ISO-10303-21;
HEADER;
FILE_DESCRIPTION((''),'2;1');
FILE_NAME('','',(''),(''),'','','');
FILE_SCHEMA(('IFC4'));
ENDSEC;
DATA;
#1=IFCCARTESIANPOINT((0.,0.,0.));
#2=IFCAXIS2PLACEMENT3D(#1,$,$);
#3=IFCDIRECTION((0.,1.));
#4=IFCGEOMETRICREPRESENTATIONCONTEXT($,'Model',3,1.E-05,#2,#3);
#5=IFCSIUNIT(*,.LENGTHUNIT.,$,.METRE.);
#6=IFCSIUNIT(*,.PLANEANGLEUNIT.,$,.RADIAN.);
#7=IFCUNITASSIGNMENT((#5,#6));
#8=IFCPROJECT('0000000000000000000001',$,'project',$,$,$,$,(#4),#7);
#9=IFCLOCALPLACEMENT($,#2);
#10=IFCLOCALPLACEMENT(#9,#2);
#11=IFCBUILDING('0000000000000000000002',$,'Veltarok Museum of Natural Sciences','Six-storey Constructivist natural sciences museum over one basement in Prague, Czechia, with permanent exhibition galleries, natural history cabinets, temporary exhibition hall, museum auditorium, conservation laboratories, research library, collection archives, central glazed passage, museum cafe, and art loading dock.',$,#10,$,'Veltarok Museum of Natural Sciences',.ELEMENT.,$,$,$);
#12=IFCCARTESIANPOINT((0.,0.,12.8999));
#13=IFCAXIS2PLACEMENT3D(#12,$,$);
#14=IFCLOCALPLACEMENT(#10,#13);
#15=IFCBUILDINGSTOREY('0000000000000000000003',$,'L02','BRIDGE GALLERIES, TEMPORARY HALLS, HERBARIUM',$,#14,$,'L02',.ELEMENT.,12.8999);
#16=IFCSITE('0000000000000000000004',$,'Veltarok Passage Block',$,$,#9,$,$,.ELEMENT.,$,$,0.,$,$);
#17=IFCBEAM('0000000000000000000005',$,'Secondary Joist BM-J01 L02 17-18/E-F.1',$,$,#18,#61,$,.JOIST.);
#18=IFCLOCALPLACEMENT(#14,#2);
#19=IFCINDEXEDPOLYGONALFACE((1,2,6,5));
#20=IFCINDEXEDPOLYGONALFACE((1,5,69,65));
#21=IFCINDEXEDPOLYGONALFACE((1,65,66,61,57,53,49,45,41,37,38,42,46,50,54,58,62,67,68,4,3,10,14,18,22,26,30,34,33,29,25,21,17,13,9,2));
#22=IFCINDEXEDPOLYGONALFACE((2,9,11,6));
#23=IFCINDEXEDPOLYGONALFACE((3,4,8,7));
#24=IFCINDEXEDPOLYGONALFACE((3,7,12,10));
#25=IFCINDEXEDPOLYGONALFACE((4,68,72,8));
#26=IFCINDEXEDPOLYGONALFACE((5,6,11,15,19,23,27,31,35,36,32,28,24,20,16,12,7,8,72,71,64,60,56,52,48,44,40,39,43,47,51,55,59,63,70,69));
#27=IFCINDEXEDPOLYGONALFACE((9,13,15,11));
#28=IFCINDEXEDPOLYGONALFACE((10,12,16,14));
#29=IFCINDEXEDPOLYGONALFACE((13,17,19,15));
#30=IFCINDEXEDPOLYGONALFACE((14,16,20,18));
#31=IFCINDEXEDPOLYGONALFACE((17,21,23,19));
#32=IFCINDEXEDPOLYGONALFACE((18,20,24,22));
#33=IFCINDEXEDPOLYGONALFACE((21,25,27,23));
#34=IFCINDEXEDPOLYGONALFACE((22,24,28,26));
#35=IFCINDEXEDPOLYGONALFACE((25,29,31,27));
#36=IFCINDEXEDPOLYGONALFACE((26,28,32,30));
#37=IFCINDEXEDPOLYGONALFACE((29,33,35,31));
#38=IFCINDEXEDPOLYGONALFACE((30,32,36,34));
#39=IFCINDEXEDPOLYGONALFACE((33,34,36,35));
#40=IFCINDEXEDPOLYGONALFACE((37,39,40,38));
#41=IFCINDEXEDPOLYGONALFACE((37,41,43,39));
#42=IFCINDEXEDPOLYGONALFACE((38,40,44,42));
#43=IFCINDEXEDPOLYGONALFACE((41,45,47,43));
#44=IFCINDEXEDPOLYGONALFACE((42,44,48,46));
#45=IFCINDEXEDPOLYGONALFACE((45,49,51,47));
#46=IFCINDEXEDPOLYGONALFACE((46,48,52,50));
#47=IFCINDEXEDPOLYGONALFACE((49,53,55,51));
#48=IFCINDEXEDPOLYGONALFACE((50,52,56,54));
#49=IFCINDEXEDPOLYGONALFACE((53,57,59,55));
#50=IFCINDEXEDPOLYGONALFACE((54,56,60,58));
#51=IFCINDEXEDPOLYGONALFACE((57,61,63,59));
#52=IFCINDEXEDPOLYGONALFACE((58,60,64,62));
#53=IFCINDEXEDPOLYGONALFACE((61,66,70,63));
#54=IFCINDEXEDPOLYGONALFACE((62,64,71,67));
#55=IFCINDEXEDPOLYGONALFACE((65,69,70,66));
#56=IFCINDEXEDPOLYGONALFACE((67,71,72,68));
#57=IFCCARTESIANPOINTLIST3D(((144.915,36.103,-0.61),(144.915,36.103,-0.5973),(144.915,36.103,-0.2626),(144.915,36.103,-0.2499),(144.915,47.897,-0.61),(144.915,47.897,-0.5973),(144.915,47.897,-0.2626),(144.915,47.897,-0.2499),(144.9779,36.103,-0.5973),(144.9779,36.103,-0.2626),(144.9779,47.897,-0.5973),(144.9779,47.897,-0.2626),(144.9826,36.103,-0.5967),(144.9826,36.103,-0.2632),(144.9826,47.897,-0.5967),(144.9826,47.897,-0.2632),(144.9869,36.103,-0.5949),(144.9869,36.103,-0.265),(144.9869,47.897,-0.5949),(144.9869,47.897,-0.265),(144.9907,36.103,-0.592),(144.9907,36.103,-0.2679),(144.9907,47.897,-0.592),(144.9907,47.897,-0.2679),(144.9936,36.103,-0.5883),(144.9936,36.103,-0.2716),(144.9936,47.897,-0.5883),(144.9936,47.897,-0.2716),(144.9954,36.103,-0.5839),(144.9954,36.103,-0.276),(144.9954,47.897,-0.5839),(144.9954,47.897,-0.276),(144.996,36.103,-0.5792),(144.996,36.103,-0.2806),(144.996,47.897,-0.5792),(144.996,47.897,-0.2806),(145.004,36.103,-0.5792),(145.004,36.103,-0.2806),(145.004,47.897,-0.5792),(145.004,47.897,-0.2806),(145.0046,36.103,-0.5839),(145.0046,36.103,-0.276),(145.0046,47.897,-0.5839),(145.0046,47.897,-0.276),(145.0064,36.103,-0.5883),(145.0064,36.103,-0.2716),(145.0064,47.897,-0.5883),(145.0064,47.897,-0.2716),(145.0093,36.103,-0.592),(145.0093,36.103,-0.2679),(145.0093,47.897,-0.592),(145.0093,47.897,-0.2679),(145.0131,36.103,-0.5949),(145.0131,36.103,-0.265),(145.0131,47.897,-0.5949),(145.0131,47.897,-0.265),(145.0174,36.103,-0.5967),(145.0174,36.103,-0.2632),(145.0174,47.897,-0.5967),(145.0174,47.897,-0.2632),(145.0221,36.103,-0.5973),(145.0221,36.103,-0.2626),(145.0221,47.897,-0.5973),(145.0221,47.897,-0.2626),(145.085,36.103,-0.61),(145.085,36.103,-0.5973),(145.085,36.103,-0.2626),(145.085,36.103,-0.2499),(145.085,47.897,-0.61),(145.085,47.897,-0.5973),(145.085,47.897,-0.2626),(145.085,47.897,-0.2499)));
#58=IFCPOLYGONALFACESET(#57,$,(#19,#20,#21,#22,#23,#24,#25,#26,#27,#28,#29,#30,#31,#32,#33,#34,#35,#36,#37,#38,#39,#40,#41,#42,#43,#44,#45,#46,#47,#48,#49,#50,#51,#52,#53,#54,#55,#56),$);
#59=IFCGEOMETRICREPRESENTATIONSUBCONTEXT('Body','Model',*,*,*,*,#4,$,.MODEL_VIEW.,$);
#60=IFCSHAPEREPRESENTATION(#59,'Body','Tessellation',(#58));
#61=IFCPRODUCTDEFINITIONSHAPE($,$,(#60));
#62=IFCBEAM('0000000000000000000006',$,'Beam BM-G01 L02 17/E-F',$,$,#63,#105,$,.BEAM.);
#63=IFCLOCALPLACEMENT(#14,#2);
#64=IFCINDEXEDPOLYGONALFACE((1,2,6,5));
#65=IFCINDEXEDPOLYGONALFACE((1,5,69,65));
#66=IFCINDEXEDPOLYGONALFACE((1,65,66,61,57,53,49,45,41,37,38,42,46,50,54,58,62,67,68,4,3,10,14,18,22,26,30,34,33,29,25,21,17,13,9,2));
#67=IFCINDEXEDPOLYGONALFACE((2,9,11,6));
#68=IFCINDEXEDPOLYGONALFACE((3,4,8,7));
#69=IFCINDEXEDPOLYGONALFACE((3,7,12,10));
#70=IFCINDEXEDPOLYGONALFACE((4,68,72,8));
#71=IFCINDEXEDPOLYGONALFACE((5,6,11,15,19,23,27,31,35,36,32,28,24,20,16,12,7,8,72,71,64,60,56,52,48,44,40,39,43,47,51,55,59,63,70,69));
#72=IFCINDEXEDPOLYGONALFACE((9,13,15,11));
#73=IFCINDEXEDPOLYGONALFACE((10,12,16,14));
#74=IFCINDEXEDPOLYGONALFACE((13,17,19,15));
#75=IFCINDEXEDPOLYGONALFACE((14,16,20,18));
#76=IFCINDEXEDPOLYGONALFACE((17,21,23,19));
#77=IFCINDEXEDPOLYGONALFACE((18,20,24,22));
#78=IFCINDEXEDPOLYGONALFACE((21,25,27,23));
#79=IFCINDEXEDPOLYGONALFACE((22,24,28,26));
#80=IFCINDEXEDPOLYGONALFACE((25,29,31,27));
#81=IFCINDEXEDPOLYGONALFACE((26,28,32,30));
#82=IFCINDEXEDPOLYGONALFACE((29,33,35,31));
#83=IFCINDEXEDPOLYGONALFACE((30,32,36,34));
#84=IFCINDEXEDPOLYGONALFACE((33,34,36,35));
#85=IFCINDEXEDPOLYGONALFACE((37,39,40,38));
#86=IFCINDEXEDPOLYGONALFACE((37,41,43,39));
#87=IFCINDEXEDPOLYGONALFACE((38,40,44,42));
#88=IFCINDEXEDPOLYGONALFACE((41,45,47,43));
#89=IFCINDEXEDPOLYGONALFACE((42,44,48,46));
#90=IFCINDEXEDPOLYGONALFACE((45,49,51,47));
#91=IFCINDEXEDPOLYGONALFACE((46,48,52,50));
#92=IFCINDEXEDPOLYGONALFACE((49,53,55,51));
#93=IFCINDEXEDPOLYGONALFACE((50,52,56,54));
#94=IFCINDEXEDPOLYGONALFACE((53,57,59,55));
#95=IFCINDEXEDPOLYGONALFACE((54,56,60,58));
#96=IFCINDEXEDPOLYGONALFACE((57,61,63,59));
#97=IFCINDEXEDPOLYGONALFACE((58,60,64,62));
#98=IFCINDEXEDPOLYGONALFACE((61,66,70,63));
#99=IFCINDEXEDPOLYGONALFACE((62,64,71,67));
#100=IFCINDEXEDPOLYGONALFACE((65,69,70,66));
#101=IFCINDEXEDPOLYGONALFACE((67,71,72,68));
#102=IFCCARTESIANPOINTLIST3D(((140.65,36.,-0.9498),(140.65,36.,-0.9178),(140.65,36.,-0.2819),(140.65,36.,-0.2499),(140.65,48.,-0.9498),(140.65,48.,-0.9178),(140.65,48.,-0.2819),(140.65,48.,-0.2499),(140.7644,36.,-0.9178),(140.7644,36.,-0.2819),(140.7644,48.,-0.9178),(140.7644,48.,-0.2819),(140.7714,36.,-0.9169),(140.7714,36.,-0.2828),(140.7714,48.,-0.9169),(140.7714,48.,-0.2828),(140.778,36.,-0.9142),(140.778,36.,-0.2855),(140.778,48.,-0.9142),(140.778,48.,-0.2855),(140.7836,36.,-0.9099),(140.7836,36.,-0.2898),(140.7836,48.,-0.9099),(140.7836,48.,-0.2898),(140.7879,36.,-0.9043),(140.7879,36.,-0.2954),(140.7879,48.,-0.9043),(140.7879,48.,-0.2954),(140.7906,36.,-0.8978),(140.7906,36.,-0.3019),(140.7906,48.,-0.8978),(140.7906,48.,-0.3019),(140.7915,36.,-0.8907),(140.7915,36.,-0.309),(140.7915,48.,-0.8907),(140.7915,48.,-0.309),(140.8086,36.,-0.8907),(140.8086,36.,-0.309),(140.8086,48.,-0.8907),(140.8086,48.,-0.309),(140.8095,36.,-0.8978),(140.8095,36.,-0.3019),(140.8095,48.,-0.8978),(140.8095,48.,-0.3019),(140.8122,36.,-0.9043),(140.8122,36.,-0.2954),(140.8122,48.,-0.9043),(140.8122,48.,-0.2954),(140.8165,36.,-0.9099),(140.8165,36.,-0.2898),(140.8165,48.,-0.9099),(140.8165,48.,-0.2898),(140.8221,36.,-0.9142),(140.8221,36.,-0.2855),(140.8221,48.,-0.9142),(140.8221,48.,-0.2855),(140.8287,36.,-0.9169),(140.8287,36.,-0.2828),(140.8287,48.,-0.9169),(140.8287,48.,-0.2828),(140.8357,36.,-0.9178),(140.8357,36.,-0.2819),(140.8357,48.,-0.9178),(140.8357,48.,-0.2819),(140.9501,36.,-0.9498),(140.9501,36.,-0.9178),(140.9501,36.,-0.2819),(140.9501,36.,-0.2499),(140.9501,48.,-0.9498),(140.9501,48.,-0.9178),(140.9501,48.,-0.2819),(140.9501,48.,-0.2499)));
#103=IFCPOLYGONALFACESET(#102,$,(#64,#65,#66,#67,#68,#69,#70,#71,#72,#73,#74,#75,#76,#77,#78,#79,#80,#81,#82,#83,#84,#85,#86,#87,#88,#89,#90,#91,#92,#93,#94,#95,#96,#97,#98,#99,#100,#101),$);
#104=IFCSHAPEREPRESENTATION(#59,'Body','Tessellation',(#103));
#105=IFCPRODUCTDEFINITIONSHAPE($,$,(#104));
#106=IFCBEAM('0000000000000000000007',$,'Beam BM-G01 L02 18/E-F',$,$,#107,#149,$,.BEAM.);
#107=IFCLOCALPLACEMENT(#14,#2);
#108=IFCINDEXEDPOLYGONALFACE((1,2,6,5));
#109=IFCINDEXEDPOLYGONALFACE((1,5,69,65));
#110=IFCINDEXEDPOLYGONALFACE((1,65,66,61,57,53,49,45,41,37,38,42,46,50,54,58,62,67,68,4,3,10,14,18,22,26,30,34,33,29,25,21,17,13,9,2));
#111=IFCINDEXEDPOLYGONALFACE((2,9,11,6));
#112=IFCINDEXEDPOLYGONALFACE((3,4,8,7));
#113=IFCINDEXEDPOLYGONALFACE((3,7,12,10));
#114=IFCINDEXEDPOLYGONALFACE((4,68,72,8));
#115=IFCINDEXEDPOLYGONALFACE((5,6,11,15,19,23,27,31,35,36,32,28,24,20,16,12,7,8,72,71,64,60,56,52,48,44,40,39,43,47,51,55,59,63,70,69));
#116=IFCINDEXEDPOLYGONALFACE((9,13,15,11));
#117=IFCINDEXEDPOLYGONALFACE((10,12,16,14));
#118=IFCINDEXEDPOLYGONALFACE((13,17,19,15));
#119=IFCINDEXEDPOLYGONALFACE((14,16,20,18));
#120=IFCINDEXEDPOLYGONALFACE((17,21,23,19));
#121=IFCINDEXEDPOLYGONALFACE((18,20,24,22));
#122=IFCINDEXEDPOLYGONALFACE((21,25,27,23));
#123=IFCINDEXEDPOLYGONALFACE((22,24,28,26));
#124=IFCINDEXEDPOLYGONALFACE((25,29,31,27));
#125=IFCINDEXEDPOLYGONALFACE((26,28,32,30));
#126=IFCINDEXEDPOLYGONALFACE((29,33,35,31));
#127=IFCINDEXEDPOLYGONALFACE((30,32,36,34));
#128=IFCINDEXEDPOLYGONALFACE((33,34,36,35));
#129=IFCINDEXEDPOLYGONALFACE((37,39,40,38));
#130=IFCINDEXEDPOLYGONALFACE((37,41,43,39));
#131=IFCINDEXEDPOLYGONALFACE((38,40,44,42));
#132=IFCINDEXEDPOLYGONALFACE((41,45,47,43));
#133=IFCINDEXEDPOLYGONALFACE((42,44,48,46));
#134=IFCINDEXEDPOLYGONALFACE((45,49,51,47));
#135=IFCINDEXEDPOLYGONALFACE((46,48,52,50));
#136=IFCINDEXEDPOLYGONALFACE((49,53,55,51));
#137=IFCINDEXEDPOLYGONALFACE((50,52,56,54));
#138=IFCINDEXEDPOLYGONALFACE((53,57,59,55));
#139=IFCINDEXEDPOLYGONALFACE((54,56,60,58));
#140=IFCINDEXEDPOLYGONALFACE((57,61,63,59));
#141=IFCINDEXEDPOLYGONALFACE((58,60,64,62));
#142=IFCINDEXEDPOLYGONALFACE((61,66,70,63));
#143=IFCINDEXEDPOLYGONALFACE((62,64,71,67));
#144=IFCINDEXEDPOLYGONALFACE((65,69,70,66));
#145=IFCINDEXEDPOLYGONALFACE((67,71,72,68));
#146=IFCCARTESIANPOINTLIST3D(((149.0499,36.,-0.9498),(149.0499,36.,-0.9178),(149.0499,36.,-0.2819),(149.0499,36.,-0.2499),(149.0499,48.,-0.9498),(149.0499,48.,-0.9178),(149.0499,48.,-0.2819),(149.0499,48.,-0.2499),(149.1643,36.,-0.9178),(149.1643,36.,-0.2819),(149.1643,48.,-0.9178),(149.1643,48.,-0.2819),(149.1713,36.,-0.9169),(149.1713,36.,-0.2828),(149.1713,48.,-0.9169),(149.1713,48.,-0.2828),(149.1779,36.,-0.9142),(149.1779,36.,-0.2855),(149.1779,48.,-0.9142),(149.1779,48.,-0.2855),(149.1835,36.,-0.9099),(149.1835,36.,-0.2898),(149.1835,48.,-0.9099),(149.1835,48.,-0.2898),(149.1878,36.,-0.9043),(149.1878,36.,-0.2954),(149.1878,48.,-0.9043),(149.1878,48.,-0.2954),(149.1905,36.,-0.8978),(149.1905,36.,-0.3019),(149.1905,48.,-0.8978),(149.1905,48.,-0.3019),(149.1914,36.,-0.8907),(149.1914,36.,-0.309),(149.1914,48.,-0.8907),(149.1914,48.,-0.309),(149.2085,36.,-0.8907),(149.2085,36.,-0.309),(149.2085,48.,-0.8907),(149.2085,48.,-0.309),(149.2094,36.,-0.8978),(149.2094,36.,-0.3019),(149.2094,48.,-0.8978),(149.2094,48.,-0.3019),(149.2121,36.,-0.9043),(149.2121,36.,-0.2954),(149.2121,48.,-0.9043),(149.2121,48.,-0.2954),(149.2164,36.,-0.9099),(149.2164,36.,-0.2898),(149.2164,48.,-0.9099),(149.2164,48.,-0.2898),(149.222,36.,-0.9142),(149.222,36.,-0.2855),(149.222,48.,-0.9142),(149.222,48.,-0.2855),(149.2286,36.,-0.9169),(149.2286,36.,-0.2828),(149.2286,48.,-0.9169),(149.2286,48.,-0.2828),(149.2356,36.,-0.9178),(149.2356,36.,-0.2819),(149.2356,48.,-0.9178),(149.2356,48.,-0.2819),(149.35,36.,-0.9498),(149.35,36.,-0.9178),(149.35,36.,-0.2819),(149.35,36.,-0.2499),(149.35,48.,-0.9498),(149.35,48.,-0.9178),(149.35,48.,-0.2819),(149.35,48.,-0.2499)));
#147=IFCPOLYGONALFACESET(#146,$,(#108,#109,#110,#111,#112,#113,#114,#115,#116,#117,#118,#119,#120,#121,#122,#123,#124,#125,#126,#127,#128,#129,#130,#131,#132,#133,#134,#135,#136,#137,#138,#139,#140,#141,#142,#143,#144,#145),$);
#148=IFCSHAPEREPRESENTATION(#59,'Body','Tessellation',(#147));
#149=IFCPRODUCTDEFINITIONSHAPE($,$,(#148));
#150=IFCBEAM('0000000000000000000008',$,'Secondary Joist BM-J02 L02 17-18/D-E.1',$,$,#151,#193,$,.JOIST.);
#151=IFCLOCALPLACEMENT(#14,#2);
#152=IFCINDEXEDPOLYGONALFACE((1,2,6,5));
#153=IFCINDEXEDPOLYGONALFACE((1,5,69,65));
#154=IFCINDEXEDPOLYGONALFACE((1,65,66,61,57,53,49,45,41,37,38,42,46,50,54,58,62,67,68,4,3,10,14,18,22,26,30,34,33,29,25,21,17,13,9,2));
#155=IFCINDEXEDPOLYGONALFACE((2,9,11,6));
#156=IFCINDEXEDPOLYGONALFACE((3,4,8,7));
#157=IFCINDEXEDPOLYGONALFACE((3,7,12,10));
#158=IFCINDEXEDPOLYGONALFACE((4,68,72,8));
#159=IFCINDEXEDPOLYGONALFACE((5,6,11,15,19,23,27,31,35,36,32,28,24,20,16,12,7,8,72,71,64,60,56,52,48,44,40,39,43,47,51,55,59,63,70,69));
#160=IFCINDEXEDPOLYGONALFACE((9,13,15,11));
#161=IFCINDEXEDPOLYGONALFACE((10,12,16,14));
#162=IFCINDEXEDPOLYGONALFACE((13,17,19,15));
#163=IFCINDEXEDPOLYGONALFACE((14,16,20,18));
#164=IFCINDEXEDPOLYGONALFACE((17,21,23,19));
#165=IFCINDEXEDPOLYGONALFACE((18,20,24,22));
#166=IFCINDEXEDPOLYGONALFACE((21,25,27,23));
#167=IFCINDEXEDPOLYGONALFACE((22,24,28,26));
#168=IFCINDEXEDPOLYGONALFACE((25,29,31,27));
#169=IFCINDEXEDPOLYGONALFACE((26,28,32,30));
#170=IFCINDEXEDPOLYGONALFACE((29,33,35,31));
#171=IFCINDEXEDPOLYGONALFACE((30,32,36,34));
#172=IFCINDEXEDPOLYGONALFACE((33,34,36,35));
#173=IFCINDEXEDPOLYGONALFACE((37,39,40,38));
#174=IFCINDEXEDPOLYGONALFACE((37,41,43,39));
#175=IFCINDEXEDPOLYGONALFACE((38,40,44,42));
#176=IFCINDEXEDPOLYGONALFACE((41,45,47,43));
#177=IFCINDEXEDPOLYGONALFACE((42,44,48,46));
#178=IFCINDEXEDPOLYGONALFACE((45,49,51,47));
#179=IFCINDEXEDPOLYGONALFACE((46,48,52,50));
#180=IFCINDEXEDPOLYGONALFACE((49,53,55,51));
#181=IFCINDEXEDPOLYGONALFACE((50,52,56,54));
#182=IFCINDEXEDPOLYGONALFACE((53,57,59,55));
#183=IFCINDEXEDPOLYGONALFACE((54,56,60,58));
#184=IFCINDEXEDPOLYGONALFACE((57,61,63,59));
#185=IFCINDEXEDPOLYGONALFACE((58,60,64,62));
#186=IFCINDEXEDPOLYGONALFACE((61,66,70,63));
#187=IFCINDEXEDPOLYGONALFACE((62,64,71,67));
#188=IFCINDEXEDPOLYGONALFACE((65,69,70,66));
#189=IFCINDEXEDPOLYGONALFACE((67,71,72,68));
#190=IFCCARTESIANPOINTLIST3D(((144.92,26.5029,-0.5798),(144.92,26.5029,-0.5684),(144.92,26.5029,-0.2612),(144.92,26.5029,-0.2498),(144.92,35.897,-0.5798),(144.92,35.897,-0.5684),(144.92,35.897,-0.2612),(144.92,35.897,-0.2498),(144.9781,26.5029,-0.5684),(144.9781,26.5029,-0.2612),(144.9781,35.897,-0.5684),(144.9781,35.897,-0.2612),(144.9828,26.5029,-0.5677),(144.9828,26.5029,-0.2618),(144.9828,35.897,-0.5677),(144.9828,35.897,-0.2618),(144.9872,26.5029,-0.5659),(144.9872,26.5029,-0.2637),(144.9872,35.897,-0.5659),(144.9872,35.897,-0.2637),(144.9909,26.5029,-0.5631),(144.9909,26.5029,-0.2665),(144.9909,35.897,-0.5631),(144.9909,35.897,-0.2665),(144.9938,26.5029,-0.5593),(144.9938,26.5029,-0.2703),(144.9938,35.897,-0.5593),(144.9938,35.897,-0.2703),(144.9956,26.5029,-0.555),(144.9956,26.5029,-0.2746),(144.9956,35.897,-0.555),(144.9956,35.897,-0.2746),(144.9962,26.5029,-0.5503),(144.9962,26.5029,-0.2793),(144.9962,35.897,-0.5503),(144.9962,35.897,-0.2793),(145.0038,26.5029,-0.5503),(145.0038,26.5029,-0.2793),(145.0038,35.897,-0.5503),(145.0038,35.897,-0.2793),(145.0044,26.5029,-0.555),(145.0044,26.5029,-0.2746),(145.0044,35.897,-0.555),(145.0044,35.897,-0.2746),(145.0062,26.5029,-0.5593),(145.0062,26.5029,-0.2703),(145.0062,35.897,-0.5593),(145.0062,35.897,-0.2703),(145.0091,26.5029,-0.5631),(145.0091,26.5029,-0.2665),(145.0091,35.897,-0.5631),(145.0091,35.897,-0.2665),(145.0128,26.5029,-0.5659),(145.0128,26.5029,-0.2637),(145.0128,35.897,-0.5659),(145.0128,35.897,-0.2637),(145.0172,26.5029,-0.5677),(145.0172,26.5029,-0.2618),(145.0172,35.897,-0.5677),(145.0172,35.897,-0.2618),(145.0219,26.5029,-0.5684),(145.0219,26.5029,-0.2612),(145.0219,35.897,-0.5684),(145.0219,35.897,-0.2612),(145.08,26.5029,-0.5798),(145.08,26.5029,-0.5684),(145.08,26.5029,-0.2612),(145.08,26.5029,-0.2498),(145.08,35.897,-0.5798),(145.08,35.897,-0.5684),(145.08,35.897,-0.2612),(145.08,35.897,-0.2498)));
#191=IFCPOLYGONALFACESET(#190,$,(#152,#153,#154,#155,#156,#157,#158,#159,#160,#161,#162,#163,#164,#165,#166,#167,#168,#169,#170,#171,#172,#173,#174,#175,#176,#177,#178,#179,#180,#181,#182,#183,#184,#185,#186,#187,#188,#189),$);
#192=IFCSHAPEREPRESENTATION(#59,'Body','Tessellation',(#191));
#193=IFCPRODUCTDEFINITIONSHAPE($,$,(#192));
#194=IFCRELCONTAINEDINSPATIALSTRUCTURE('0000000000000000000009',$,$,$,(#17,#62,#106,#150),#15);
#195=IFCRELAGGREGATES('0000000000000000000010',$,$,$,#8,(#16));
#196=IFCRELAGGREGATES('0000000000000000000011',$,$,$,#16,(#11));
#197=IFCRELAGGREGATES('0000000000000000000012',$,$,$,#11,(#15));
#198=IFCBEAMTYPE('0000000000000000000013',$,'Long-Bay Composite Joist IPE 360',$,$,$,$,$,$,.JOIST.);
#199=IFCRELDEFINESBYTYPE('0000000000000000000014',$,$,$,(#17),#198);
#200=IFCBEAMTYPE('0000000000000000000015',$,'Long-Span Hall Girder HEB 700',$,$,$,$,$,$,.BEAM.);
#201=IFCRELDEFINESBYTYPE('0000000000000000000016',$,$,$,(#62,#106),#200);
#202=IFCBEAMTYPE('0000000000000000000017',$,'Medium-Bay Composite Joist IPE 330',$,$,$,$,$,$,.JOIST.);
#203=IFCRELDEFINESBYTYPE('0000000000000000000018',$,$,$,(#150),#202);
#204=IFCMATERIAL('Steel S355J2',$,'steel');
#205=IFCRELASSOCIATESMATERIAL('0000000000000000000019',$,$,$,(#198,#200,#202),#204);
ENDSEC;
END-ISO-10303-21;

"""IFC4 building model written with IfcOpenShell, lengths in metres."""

from ifc_helpers import new_model, si_unit, direction, frame, origin, origin_2d, place, context, subcontext, project, spatial, i_section, extrude, material, material_profile, profile_set, type_object, element, save


model = new_model("IFC4")

# Units and contexts
model_context = context("Model", 3, precision=1e-05, world=origin(), true_north=direction((0.0, 1.0)))
body_context = subcontext(model_context, "Body", "Model", "MODEL_VIEW")
ifc_project = project(units=[si_unit("LENGTHUNIT", "METRE"), si_unit("PLANEANGLEUNIT", "RADIAN")], contexts=[model_context])

# Site, building, storey
site_placement = place(None, origin())
site = spatial("IfcSite", under=ifc_project, at=site_placement, Name="Veltarok Passage Block", CompositionType="ELEMENT", RefElevation=0.0)
building_placement = place(site_placement, origin())
building = spatial("IfcBuilding", under=site, at=building_placement, Name="Veltarok Museum of Natural Sciences", Description="Six-storey Constructivist natural sciences museum over one basement in Prague, Czechia, with permanent exhibition galleries, natural history cabinets, temporary exhibition hall, museum auditorium, conservation laboratories, research library, collection archives, central glazed passage, museum cafe, and art loading dock.", LongName="Veltarok Museum of Natural Sciences", CompositionType="ELEMENT")
storey_placement = place(building_placement, frame((0.0, 0.0, 12.8999)))
storey = spatial("IfcBuildingStorey", under=building, at=storey_placement, Name="L02", Description="BRIDGE GALLERIES, TEMPORARY HALLS, HERBARIUM", LongName="L02", CompositionType="ELEMENT", Elevation=12.8999)

# Beams
ifc_material_1 = material(Name="Steel S355J2", Category="steel")
ifc_material_profile_1 = material_profile(ifc_material_1, i_section(OverallWidth=0.1699, OverallDepth=0.3601, WebThickness=0.0081, FlangeThickness=0.0127, FilletRadius=0.0181, at=origin_2d()), Name="IPE 360")
ifc_profile_set_1 = profile_set([ifc_material_profile_1], Name="Steel S355J2")
beam_type_1 = type_object("IfcBeamType", Name="Long-Bay Composite Joist IPE 360", PredefinedType="JOIST", material=ifc_profile_set_1)
beam_1_placement = place(storey_placement, frame((145.0, 36.103, -0.4299), z_axis=(0.0, 1.0, 0.0), x_axis=(-1.0, 0.0, 0.0)))
element("IfcBeam", 1, at=beam_1_placement, inside=storey, type_object=beam_type_1, Name="Secondary Joist BM-J01 L02 17-18/E-F.1", PredefinedType="JOIST", context=body_context, shape_type="SweptSolid", body=[
    extrude(i_section(OverallWidth=0.1699, OverallDepth=0.3601, WebThickness=0.0081, FlangeThickness=0.0127, FilletRadius=0.0181, at=origin_2d()), origin(), (0.0, 0.0, 1.0), 11.7939),
])
ifc_material_profile_2 = material_profile(ifc_material_1, i_section(OverallWidth=0.3, OverallDepth=0.7, WebThickness=0.0171, FlangeThickness=0.032, FilletRadius=0.0271, at=origin_2d()), Name="HEB 700")
ifc_profile_set_2 = profile_set([ifc_material_profile_2], Name="Steel S355J2")
beam_type_2 = type_object("IfcBeamType", Name="Long-Span Hall Girder HEB 700", PredefinedType="BEAM", material=ifc_profile_set_2)
for number, where, z_axis, x_axis, name in (
    (2, (140.8, 36.0, -0.5999), (0.0, 1.0, 0.0), (-1.0, 0.0, 0.0), "Beam BM-G01 L02 17/E-F"),
    (3, (149.2, 36.0, -0.5999), (0.0, 1.0, 0.0), (-1.0, 0.0, 0.0), "Beam BM-G01 L02 18/E-F"),
):
    element("IfcBeam", number, at=place(storey_placement, frame(where, z_axis=z_axis, x_axis=x_axis)), inside=storey, type_object=beam_type_2, Name=name, PredefinedType="BEAM", context=body_context, shape_type="SweptSolid", body=[
        extrude(i_section(OverallWidth=0.3, OverallDepth=0.7, WebThickness=0.0171, FlangeThickness=0.032, FilletRadius=0.0271, at=origin_2d()), origin(), (0.0, 0.0, 1.0), 12.0),
    ])
ifc_material_profile_3 = material_profile(ifc_material_1, i_section(OverallWidth=0.1599, OverallDepth=0.3301, WebThickness=0.0076, FlangeThickness=0.0115, FilletRadius=0.0181, at=origin_2d()), Name="IPE 330")
ifc_profile_set_3 = profile_set([ifc_material_profile_3], Name="Steel S355J2")
beam_type_3 = type_object("IfcBeamType", Name="Medium-Bay Composite Joist IPE 330", PredefinedType="JOIST", material=ifc_profile_set_3)
beam_2_placement = place(storey_placement, frame((145.0, 26.5029, -0.4148), z_axis=(0.0, 1.0, 0.0), x_axis=(-1.0, 0.0, 0.0)))
element("IfcBeam", 4, at=beam_2_placement, inside=storey, type_object=beam_type_3, Name="Secondary Joist BM-J02 L02 17-18/D-E.1", PredefinedType="JOIST", context=body_context, shape_type="SweptSolid", body=[
    extrude(i_section(OverallWidth=0.1599, OverallDepth=0.3301, WebThickness=0.0076, FlangeThickness=0.0115, FilletRadius=0.0181, at=origin_2d()), origin(), (0.0, 0.0, 1.0), 9.394),
])

save(model, "model.ifc")
